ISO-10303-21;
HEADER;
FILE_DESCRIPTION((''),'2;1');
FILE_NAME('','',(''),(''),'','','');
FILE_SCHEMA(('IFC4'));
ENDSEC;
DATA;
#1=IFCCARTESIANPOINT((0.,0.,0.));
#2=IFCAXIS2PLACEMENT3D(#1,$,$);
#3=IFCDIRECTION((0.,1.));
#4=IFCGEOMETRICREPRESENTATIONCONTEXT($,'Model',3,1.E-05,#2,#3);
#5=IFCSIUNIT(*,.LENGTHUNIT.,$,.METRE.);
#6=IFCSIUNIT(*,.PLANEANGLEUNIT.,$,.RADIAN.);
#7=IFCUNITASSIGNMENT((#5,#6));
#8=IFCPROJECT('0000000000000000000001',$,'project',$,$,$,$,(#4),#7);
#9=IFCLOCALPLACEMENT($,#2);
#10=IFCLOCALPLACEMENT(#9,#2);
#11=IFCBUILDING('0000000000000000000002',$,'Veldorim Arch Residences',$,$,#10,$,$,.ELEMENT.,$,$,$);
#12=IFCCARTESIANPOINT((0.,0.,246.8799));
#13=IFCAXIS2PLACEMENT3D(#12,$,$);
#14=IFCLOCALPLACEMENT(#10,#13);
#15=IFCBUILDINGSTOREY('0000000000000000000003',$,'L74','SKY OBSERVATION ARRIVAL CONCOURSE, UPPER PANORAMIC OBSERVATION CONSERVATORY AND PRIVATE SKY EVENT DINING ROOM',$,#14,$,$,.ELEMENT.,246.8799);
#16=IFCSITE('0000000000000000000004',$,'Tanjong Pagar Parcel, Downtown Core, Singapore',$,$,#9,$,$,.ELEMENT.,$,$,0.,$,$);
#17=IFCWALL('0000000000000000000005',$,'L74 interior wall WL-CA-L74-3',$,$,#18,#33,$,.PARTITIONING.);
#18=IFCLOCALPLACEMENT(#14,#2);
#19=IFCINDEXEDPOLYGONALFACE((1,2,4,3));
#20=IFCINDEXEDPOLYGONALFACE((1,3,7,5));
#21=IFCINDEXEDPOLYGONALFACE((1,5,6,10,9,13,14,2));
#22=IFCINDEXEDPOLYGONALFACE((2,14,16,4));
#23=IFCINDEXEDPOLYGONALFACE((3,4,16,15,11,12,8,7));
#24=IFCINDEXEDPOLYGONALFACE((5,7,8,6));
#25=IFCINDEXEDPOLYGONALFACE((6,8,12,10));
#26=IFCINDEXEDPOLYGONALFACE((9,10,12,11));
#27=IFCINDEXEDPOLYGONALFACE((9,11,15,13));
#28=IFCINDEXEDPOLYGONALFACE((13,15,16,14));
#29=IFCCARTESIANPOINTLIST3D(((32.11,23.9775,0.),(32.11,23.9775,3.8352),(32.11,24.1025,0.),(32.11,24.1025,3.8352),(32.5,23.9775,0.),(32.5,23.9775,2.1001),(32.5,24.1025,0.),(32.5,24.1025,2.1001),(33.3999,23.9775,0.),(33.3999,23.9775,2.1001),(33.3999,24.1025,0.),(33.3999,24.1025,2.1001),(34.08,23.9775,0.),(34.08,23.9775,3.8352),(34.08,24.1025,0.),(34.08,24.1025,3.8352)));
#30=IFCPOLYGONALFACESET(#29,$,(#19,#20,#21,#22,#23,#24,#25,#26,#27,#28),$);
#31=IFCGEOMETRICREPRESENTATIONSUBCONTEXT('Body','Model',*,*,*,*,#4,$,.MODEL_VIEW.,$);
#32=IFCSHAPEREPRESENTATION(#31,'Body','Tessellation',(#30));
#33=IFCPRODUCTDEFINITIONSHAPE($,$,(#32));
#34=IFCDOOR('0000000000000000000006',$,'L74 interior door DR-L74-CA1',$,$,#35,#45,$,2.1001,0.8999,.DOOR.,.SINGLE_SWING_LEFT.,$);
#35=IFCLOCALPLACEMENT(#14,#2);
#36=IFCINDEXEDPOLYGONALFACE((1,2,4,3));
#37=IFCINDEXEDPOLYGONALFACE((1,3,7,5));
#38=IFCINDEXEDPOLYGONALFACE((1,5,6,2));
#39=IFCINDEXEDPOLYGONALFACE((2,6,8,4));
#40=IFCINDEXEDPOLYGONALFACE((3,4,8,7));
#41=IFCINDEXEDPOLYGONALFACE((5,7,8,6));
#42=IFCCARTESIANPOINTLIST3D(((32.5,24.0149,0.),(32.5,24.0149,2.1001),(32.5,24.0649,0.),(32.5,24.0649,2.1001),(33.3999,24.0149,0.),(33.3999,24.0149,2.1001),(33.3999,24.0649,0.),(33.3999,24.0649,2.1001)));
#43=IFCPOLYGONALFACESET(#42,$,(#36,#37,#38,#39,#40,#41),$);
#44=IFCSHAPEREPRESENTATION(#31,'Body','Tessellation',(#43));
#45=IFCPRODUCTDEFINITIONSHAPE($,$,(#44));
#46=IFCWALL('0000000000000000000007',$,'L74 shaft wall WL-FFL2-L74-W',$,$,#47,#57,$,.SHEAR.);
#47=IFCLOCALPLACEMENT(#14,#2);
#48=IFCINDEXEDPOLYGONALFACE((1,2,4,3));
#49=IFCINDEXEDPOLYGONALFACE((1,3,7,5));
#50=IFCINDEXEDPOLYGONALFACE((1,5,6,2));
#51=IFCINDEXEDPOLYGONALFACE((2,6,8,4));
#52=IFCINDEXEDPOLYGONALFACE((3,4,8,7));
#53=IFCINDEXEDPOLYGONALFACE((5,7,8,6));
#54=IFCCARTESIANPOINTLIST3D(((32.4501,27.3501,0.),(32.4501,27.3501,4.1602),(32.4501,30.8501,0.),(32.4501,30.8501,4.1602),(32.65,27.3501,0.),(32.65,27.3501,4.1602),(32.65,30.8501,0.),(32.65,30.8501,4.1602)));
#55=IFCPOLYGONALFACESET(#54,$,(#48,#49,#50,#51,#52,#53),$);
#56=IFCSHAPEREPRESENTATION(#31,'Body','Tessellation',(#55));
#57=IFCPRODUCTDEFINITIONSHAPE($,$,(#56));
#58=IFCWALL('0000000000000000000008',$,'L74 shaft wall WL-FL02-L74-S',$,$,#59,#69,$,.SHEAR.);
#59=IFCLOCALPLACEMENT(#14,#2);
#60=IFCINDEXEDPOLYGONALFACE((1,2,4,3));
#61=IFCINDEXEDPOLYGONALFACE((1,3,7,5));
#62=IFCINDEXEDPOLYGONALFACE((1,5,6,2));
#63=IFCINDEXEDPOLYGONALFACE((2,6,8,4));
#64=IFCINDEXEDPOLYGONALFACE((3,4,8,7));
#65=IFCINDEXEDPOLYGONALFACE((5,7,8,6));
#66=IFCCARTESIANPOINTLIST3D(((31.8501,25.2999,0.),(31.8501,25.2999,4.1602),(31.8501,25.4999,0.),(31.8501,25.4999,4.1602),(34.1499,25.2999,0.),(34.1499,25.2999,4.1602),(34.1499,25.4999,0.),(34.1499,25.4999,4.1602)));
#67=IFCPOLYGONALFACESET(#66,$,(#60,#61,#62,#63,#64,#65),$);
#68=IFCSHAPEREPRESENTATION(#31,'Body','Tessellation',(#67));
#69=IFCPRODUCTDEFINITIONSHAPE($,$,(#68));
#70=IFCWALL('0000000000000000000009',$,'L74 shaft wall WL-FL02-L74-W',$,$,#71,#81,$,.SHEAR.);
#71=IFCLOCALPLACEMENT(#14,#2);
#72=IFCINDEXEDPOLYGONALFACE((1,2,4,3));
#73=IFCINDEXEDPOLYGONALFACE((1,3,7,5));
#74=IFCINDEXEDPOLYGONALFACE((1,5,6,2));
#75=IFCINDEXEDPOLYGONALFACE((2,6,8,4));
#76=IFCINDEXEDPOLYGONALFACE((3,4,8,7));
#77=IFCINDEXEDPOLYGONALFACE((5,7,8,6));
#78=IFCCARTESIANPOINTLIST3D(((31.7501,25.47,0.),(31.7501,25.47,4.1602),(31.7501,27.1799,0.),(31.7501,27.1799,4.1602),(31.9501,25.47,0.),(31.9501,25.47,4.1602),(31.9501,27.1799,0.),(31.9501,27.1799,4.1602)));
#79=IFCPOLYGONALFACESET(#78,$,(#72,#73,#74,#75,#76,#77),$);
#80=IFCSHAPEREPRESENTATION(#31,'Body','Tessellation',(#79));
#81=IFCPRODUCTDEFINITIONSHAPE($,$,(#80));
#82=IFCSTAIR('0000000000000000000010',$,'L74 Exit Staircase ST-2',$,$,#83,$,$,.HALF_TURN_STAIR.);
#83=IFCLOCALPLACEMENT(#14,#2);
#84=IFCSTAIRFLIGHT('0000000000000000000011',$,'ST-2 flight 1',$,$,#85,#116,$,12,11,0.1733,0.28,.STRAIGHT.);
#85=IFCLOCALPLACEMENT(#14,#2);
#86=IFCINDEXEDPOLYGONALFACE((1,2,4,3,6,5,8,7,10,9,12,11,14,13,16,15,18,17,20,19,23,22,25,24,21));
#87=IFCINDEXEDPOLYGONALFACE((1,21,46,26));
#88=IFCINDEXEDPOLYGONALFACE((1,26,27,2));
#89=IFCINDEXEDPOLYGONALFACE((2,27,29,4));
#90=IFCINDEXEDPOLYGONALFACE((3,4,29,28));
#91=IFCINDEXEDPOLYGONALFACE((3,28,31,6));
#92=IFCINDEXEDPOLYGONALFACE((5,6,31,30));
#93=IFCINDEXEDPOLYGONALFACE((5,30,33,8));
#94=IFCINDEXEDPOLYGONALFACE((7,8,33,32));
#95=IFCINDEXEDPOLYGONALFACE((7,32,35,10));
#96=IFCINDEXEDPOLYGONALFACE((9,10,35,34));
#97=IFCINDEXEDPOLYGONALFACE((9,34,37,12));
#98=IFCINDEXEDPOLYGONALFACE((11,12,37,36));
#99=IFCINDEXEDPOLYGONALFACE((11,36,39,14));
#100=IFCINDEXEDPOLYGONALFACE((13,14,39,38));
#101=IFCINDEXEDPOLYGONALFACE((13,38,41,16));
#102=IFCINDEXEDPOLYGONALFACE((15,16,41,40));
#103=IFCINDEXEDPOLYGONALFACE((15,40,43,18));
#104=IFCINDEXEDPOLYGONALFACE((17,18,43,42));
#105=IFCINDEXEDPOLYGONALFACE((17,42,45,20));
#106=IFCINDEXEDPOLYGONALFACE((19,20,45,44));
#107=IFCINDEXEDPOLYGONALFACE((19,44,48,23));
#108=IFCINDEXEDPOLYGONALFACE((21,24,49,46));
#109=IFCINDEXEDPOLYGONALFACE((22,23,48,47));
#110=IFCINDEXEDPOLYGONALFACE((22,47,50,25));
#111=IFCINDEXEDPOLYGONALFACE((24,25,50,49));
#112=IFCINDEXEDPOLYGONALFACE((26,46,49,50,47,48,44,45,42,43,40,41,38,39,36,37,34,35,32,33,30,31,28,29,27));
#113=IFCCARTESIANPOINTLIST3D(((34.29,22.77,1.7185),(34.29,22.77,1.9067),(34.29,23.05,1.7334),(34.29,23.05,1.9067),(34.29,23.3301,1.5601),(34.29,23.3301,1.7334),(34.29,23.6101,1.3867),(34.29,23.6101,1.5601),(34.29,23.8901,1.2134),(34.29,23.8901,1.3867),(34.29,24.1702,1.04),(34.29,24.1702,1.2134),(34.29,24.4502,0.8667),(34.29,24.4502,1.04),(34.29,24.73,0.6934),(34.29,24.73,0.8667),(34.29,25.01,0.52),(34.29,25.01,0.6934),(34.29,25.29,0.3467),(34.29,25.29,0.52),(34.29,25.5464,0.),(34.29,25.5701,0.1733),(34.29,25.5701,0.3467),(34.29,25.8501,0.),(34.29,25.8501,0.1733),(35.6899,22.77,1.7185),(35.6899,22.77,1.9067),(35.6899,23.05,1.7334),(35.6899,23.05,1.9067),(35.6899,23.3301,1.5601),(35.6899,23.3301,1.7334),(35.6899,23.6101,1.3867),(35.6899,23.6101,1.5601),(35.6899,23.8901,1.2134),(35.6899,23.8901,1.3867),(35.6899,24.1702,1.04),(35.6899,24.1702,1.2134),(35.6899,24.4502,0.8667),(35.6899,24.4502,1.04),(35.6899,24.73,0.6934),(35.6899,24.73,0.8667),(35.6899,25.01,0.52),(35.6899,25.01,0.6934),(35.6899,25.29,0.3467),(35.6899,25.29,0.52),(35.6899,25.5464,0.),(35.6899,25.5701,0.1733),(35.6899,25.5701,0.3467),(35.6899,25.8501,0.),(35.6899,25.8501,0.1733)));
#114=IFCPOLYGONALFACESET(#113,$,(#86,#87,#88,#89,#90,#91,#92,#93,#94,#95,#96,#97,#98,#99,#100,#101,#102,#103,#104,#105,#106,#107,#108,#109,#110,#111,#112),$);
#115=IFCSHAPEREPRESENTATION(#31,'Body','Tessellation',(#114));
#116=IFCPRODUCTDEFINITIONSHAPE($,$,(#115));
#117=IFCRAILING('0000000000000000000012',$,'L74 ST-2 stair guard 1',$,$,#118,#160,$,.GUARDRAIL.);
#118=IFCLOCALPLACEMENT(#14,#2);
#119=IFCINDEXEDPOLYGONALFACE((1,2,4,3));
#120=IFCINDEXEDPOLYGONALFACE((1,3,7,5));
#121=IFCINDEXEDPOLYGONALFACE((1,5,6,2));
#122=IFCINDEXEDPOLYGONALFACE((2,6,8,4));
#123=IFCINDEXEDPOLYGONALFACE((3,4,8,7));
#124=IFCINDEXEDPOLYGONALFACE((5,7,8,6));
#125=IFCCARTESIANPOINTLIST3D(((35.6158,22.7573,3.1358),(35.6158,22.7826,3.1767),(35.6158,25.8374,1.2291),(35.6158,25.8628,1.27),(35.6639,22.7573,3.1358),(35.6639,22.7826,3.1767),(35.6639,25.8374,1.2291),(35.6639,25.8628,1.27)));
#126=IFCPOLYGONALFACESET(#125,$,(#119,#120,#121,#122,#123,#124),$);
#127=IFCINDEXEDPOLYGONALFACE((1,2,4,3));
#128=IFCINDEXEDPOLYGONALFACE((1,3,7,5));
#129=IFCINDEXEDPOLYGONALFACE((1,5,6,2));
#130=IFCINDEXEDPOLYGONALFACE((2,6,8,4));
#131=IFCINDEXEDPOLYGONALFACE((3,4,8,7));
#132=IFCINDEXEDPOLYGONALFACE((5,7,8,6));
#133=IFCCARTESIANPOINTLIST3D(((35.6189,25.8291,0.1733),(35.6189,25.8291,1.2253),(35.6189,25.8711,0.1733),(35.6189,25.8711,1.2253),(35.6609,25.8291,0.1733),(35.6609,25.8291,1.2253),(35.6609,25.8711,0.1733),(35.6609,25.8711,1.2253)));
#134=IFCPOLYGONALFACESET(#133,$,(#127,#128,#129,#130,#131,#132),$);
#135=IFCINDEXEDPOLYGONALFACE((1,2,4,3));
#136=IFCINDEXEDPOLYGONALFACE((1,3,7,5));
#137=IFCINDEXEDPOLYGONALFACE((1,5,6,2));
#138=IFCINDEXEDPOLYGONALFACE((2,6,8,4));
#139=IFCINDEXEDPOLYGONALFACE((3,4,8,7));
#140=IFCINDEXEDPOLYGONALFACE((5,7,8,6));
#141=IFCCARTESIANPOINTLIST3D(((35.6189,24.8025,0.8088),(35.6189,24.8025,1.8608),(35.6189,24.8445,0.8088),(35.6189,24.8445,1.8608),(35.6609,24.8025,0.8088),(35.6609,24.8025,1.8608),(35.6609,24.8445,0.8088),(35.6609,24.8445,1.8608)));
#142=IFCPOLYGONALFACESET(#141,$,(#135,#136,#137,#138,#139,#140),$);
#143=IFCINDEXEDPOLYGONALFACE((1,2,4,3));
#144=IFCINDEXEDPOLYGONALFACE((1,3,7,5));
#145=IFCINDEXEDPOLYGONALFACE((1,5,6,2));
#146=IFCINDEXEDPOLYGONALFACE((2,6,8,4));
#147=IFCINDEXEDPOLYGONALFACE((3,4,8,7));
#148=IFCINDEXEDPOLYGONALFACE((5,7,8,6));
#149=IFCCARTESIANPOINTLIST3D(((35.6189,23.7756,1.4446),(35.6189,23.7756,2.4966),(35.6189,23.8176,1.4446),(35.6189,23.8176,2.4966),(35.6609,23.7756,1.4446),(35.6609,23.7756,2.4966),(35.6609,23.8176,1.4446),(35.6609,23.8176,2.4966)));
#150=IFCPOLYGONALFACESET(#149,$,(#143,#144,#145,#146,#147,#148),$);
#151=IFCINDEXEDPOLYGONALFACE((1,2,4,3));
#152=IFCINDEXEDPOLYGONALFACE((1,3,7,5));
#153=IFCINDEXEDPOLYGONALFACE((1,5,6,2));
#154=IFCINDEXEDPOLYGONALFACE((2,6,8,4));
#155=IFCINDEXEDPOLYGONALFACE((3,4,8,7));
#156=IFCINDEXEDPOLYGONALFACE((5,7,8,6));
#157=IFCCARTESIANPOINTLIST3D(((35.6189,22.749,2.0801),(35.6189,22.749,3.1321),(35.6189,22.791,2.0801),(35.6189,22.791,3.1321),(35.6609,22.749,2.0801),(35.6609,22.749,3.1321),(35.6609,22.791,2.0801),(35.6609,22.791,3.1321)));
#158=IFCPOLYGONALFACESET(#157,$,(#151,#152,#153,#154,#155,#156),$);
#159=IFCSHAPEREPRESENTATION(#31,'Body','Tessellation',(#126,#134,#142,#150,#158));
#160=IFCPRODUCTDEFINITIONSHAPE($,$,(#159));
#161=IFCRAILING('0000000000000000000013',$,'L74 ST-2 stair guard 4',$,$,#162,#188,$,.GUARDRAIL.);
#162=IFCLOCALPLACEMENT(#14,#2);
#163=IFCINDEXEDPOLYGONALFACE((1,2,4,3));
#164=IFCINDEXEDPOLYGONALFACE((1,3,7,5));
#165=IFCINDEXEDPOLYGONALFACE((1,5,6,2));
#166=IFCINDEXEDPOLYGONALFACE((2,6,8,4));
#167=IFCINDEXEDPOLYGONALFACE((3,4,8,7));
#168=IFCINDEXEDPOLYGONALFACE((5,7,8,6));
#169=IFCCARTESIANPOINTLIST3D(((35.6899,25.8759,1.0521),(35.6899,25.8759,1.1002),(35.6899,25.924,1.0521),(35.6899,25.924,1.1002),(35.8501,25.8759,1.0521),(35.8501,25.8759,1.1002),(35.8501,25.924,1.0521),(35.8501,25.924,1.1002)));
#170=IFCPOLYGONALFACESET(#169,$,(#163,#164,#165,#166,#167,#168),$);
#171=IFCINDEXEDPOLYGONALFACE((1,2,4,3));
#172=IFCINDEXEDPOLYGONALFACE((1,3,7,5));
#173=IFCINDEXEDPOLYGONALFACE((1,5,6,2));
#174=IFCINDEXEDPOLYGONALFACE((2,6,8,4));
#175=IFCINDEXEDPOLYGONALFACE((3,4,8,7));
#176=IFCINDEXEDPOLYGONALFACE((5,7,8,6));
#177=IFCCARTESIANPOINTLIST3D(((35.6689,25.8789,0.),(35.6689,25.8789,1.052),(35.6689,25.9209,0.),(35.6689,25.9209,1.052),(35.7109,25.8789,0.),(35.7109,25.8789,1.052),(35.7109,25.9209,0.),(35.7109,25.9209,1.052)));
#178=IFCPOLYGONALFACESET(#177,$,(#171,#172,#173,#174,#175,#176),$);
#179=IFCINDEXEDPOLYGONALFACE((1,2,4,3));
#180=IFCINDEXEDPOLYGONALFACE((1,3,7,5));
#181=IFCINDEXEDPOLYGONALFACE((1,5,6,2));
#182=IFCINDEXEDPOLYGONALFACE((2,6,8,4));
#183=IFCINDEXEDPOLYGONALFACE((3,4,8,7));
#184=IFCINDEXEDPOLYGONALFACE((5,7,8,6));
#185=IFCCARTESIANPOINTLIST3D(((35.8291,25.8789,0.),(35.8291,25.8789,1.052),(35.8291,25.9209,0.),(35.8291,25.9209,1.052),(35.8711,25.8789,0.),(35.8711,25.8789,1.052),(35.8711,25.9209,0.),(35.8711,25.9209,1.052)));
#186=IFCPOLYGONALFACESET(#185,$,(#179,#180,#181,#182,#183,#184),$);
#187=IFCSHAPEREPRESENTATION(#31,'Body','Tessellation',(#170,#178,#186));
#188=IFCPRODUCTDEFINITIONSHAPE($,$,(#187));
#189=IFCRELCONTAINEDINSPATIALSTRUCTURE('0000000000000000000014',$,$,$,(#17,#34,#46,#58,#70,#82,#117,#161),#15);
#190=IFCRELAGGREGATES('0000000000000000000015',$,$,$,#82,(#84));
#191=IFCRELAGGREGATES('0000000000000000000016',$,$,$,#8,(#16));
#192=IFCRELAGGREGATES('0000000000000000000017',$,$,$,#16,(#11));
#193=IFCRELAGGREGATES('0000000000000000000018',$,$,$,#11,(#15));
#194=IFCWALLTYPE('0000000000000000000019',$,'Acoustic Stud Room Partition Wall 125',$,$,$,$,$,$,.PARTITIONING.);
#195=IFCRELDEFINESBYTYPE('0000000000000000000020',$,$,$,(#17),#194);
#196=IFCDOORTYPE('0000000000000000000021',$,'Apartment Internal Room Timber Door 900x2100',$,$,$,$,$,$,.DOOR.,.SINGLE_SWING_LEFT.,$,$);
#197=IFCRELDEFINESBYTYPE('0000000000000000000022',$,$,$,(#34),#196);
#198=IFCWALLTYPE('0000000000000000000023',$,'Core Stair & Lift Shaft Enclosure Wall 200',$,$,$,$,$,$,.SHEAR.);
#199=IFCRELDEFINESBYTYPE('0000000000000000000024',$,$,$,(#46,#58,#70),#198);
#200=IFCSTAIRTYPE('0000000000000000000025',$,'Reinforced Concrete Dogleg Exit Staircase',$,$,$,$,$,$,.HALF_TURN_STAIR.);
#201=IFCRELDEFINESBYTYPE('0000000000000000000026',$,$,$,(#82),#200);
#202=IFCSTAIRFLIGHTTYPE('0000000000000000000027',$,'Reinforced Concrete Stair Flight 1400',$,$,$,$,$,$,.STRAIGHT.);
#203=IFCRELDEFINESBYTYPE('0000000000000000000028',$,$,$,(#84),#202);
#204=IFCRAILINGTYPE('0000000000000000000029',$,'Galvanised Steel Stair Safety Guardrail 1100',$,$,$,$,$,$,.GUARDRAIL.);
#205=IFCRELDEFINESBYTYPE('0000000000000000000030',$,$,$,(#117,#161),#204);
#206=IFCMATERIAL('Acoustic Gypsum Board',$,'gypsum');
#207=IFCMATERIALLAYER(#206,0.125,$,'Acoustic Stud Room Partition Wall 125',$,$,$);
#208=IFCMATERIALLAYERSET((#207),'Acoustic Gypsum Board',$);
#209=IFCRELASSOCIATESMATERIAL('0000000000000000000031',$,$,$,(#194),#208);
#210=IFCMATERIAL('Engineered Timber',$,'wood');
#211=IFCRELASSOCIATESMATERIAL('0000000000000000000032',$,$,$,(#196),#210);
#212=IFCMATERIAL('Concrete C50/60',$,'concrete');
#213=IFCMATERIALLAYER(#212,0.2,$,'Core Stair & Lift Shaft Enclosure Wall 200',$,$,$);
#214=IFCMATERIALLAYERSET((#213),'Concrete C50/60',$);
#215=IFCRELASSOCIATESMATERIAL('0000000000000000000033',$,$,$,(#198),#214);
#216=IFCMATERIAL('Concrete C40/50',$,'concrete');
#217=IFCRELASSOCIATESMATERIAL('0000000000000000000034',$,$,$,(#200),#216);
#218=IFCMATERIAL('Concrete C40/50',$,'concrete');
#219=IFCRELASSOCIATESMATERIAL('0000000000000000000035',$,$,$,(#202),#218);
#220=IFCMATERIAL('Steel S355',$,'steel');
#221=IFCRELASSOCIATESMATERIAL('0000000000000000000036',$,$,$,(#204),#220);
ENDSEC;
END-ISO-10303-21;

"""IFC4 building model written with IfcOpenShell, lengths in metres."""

from ifc_helpers import new_model, si_unit, direction, frame, frame_2d, origin, origin_2d, place, context, subcontext, project, spatial, polyline, rectangle, outline, extrude, material, layer, layer_set, type_object, element, fill, aggregate, save


model = new_model("IFC4")

# Units and contexts
model_context = context("Model", 3, precision=1e-05, world=origin(), true_north=direction((0.0, 1.0)))
body_context = subcontext(model_context, "Body", "Model", "MODEL_VIEW")
ifc_project = project(units=[si_unit("LENGTHUNIT", "METRE"), si_unit("PLANEANGLEUNIT", "RADIAN")], contexts=[model_context])

# Site, building, storey
site_placement = place(None, origin())
site = spatial("IfcSite", under=ifc_project, at=site_placement, Name="Tanjong Pagar Parcel, Downtown Core, Singapore", CompositionType="ELEMENT", RefElevation=0.0)
building_placement = place(site_placement, origin())
building = spatial("IfcBuilding", under=site, at=building_placement, Name="Veldorim Arch Residences", CompositionType="ELEMENT")
storey_placement = place(building_placement, frame((0.0, 0.0, 246.8799)))
storey = spatial("IfcBuildingStorey", under=building, at=storey_placement, Name="L74", Description="SKY OBSERVATION ARRIVAL CONCOURSE, UPPER PANORAMIC OBSERVATION CONSERVATORY AND PRIVATE SKY EVENT DINING ROOM", CompositionType="ELEMENT", Elevation=246.8799)

# Wall, opening, door
ifc_material_1 = material(Name="Acoustic Gypsum Board", Category="gypsum")
ifc_layer_1 = layer(ifc_material_1, 0.125, Name="Acoustic Stud Room Partition Wall 125")
ifc_layer_set_1 = layer_set([ifc_layer_1], Name="Acoustic Gypsum Board")
wall_type_1 = type_object("IfcWallType", Name="Acoustic Stud Room Partition Wall 125", PredefinedType="PARTITIONING", material=ifc_layer_set_1)
wall_1_placement = place(storey_placement, frame((32.1101, 24.04, 0.0), z_axis=(0.0, 0.0, 1.0), x_axis=(1.0, 0.0, 0.0)))
wall_1 = element("IfcWall", 1, at=wall_1_placement, inside=storey, type_object=wall_type_1, Name="L74 interior wall WL-CA-L74-3", PredefinedType="PARTITIONING", context=body_context, shape_type="SweptSolid", body=[
    extrude(rectangle(XDim=1.97, YDim=0.125, at=frame_2d((0.9849, 0.0))), origin(), (0.0, 0.0, 1.0), 3.8352),
])
opening_1_placement = place(wall_1_placement, frame((0.3899, 0.0, 0.0)))
opening_1 = element("IfcOpeningElement", 2, at=opening_1_placement, cuts=wall_1, PredefinedType="OPENING", context=body_context, shape_type="SweptSolid", body=[
    extrude(rectangle(XDim=0.8999, YDim=2.1001, at=frame_2d((0.45, 1.05))), frame((0.0, 0.0725, 0.0), z_axis=(0.0, -1.0, 0.0), x_axis=(1.0, 0.0, 0.0)), (0.0, 0.0, 1.0), 0.145),
])
ifc_material_2 = material(Name="Engineered Timber", Category="wood")
door_type_1 = type_object("IfcDoorType", Name="Apartment Internal Room Timber Door 900x2100", OperationType="SINGLE_SWING_LEFT", PredefinedType="DOOR", material=ifc_material_2)
door_1_placement = place(opening_1_placement, origin())
door_1 = element("IfcDoor", 3, at=door_1_placement, inside=storey, type_object=door_type_1, Name="L74 interior door DR-L74-CA1", OperationType="SINGLE_SWING_LEFT", OverallHeight=2.1001, OverallWidth=0.8999, PredefinedType="DOOR", context=body_context, shape_type="SweptSolid", body=[
    extrude(rectangle(XDim=0.8999, YDim=2.1001, at=frame_2d((0.45, 1.05))), frame((0.0, 0.0249, 0.0), z_axis=(0.0, -1.0, 0.0), x_axis=(1.0, 0.0, 0.0)), (0.0, 0.0, 1.0), 0.05),
])
fill(opening_1, door_1)
ifc_material_3 = material(Name="Concrete C50/60", Category="concrete")
ifc_layer_2 = layer(ifc_material_3, 0.2, Name="Core Stair & Lift Shaft Enclosure Wall 200")
ifc_layer_set_2 = layer_set([ifc_layer_2], Name="Concrete C50/60")
wall_type_2 = type_object("IfcWallType", Name="Core Stair & Lift Shaft Enclosure Wall 200", PredefinedType="SHEAR", material=ifc_layer_set_2)

# Wall
wall_2_placement = place(storey_placement, frame((32.55, 27.3501, 0.0), z_axis=(0.0, 0.0, 1.0), x_axis=(0.0, 1.0, 0.0)))
element("IfcWall", 4, at=wall_2_placement, inside=storey, type_object=wall_type_2, Name="L74 shaft wall WL-FFL2-L74-W", PredefinedType="SHEAR", context=body_context, shape_type="SweptSolid", body=[
    extrude(rectangle(XDim=3.5, YDim=0.2, at=frame_2d((1.75, 0.0))), origin(), (0.0, 0.0, 1.0), 4.1602),
])

# Walls
wall_3_placement = place(storey_placement, frame((31.8501, 25.3999, 0.0), z_axis=(0.0, 0.0, 1.0), x_axis=(1.0, 0.0, 0.0)))
element("IfcWall", 5, at=wall_3_placement, inside=storey, type_object=wall_type_2, Name="L74 shaft wall WL-FL02-L74-S", PredefinedType="SHEAR", context=body_context, shape_type="SweptSolid", body=[
    extrude(rectangle(XDim=2.2998, YDim=0.2, at=frame_2d((1.1499, 0.0))), origin(), (0.0, 0.0, 1.0), 4.1602),
])
wall_4_placement = place(storey_placement, frame((31.8501, 25.47, 0.0), z_axis=(0.0, 0.0, 1.0), x_axis=(0.0, 1.0, 0.0)))
element("IfcWall", 6, at=wall_4_placement, inside=storey, type_object=wall_type_2, Name="L74 shaft wall WL-FL02-L74-W", PredefinedType="SHEAR", context=body_context, shape_type="SweptSolid", body=[
    extrude(rectangle(XDim=1.71, YDim=0.2, at=frame_2d((0.855, 0.0))), origin(), (0.0, 0.0, 1.0), 4.1602),
])

# Stair, stair flight
ifc_material_4 = material(Name="Concrete C40/50", Category="concrete")
stair_type = type_object("IfcStairType", Name="Reinforced Concrete Dogleg Exit Staircase", PredefinedType="HALF_TURN_STAIR", material=ifc_material_4)
stair_placement = place(storey_placement, origin())
stair = element("IfcStair", 7, at=stair_placement, inside=storey, type_object=stair_type, Name="L74 Exit Staircase ST-2", PredefinedType="HALF_TURN_STAIR")
ifc_material_5 = material(Name="Concrete C40/50", Category="concrete")
stair_flight_type = type_object("IfcStairFlightType", Name="Reinforced Concrete Stair Flight 1400", PredefinedType="STRAIGHT", material=ifc_material_5)
stair_flight_placement = place(storey_placement, frame((34.99, 25.8501, 0.0), z_axis=(0.0, 0.0, 1.0), x_axis=(0.0, -1.0, 0.0)))
stair_flight = element("IfcStairFlight", 8, at=stair_flight_placement, type_object=stair_flight_type, Name="ST-2 flight 1", NumberOfRisers=12, NumberOfTreads=11, PredefinedType="STRAIGHT", RiserHeight=0.1733, TreadLength=0.28, context=body_context, shape_type="SweptSolid", body=[
    extrude(outline(polyline([(0.0, 0.0), (0.0, 0.1733), (0.28, 0.1733), (0.28, 0.3467), (0.5601, 0.3467), (0.5601, 0.52), (0.8401, 0.52), (0.8401, 0.6934), (1.1201, 0.6934), (1.1201, 0.8667), (1.3999, 0.8667), (1.3999, 1.04), (1.6799, 1.04), (1.6799, 1.2134), (1.96, 1.2134), (1.96, 1.3867), (2.24, 1.3867), (2.24, 1.5601), (2.52, 1.5601), (2.52, 1.7334), (2.8, 1.7334), (2.8, 1.9067), (3.0801, 1.9067), (3.0801, 2.0801), (3.0801, 1.7185), (0.3037, 0.0), (0.0, 0.0)])), frame((0.0, 0.7, 0.0), z_axis=(0.0, -1.0, 0.0), x_axis=(1.0, 0.0, 0.0)), (0.0, 0.0, 1.0), 1.3999),
])
aggregate(stair, [stair_flight])

# Railings
ifc_material_6 = material(Name="Steel S355", Category="steel")
railing_type_1 = type_object("IfcRailingType", Name="Galvanised Steel Stair Safety Guardrail 1100", PredefinedType="GUARDRAIL", material=ifc_material_6)
railing_1_placement = place(storey_placement, frame((35.6399, 25.8501, 0.1733)))
element("IfcRailing", 9, at=railing_1_placement, inside=storey, type_object=railing_type_1, Name="L74 ST-2 stair guard 1", PredefinedType="GUARDRAIL", context=body_context, shape_type="SweptSolid", body=[
    extrude(rectangle(XDim=0.0481, YDim=0.0481, at=origin_2d()), frame((0.0, 0.0, 1.0762), z_axis=(0.0, -0.850262, 0.526359), x_axis=(1.0, 0.0, 0.0)), (0.0, 0.0, 1.0), 3.6226),
    extrude(rectangle(XDim=0.042, YDim=0.042, at=origin_2d()), origin(), (0.0, 0.0, 1.0), 1.052),
    extrude(rectangle(XDim=0.042, YDim=0.042, at=origin_2d()), frame((0.0, -1.0266, 0.6355)), (0.0, 0.0, 1.0), 1.052),
    extrude(rectangle(XDim=0.042, YDim=0.042, at=origin_2d()), frame((0.0, -2.0535, 1.2712)), (0.0, 0.0, 1.0), 1.052),
    extrude(rectangle(XDim=0.042, YDim=0.042, at=origin_2d()), frame((0.0, -3.0801, 1.9067)), (0.0, 0.0, 1.0), 1.052),
])
railing_2_placement = place(storey_placement, frame((35.6899, 25.8999, 0.0)))
element("IfcRailing", 10, at=railing_2_placement, inside=storey, type_object=railing_type_1, Name="L74 ST-2 stair guard 4", PredefinedType="GUARDRAIL", context=body_context, shape_type="SweptSolid", body=[
    extrude(rectangle(XDim=0.0481, YDim=0.0481, at=origin_2d()), frame((0.0, 0.0, 1.0762), z_axis=(1.0, 0.0, 0.0), x_axis=(0.0, 1.0, 0.0)), (0.0, 0.0, 1.0), 0.1602),
    extrude(rectangle(XDim=0.042, YDim=0.042, at=origin_2d()), origin(), (0.0, 0.0, 1.0), 1.052),
    extrude(rectangle(XDim=0.042, YDim=0.042, at=origin_2d()), frame((0.1602, 0.0, 0.0)), (0.0, 0.0, 1.0), 1.052),
])

save(model, "model.ifc")
